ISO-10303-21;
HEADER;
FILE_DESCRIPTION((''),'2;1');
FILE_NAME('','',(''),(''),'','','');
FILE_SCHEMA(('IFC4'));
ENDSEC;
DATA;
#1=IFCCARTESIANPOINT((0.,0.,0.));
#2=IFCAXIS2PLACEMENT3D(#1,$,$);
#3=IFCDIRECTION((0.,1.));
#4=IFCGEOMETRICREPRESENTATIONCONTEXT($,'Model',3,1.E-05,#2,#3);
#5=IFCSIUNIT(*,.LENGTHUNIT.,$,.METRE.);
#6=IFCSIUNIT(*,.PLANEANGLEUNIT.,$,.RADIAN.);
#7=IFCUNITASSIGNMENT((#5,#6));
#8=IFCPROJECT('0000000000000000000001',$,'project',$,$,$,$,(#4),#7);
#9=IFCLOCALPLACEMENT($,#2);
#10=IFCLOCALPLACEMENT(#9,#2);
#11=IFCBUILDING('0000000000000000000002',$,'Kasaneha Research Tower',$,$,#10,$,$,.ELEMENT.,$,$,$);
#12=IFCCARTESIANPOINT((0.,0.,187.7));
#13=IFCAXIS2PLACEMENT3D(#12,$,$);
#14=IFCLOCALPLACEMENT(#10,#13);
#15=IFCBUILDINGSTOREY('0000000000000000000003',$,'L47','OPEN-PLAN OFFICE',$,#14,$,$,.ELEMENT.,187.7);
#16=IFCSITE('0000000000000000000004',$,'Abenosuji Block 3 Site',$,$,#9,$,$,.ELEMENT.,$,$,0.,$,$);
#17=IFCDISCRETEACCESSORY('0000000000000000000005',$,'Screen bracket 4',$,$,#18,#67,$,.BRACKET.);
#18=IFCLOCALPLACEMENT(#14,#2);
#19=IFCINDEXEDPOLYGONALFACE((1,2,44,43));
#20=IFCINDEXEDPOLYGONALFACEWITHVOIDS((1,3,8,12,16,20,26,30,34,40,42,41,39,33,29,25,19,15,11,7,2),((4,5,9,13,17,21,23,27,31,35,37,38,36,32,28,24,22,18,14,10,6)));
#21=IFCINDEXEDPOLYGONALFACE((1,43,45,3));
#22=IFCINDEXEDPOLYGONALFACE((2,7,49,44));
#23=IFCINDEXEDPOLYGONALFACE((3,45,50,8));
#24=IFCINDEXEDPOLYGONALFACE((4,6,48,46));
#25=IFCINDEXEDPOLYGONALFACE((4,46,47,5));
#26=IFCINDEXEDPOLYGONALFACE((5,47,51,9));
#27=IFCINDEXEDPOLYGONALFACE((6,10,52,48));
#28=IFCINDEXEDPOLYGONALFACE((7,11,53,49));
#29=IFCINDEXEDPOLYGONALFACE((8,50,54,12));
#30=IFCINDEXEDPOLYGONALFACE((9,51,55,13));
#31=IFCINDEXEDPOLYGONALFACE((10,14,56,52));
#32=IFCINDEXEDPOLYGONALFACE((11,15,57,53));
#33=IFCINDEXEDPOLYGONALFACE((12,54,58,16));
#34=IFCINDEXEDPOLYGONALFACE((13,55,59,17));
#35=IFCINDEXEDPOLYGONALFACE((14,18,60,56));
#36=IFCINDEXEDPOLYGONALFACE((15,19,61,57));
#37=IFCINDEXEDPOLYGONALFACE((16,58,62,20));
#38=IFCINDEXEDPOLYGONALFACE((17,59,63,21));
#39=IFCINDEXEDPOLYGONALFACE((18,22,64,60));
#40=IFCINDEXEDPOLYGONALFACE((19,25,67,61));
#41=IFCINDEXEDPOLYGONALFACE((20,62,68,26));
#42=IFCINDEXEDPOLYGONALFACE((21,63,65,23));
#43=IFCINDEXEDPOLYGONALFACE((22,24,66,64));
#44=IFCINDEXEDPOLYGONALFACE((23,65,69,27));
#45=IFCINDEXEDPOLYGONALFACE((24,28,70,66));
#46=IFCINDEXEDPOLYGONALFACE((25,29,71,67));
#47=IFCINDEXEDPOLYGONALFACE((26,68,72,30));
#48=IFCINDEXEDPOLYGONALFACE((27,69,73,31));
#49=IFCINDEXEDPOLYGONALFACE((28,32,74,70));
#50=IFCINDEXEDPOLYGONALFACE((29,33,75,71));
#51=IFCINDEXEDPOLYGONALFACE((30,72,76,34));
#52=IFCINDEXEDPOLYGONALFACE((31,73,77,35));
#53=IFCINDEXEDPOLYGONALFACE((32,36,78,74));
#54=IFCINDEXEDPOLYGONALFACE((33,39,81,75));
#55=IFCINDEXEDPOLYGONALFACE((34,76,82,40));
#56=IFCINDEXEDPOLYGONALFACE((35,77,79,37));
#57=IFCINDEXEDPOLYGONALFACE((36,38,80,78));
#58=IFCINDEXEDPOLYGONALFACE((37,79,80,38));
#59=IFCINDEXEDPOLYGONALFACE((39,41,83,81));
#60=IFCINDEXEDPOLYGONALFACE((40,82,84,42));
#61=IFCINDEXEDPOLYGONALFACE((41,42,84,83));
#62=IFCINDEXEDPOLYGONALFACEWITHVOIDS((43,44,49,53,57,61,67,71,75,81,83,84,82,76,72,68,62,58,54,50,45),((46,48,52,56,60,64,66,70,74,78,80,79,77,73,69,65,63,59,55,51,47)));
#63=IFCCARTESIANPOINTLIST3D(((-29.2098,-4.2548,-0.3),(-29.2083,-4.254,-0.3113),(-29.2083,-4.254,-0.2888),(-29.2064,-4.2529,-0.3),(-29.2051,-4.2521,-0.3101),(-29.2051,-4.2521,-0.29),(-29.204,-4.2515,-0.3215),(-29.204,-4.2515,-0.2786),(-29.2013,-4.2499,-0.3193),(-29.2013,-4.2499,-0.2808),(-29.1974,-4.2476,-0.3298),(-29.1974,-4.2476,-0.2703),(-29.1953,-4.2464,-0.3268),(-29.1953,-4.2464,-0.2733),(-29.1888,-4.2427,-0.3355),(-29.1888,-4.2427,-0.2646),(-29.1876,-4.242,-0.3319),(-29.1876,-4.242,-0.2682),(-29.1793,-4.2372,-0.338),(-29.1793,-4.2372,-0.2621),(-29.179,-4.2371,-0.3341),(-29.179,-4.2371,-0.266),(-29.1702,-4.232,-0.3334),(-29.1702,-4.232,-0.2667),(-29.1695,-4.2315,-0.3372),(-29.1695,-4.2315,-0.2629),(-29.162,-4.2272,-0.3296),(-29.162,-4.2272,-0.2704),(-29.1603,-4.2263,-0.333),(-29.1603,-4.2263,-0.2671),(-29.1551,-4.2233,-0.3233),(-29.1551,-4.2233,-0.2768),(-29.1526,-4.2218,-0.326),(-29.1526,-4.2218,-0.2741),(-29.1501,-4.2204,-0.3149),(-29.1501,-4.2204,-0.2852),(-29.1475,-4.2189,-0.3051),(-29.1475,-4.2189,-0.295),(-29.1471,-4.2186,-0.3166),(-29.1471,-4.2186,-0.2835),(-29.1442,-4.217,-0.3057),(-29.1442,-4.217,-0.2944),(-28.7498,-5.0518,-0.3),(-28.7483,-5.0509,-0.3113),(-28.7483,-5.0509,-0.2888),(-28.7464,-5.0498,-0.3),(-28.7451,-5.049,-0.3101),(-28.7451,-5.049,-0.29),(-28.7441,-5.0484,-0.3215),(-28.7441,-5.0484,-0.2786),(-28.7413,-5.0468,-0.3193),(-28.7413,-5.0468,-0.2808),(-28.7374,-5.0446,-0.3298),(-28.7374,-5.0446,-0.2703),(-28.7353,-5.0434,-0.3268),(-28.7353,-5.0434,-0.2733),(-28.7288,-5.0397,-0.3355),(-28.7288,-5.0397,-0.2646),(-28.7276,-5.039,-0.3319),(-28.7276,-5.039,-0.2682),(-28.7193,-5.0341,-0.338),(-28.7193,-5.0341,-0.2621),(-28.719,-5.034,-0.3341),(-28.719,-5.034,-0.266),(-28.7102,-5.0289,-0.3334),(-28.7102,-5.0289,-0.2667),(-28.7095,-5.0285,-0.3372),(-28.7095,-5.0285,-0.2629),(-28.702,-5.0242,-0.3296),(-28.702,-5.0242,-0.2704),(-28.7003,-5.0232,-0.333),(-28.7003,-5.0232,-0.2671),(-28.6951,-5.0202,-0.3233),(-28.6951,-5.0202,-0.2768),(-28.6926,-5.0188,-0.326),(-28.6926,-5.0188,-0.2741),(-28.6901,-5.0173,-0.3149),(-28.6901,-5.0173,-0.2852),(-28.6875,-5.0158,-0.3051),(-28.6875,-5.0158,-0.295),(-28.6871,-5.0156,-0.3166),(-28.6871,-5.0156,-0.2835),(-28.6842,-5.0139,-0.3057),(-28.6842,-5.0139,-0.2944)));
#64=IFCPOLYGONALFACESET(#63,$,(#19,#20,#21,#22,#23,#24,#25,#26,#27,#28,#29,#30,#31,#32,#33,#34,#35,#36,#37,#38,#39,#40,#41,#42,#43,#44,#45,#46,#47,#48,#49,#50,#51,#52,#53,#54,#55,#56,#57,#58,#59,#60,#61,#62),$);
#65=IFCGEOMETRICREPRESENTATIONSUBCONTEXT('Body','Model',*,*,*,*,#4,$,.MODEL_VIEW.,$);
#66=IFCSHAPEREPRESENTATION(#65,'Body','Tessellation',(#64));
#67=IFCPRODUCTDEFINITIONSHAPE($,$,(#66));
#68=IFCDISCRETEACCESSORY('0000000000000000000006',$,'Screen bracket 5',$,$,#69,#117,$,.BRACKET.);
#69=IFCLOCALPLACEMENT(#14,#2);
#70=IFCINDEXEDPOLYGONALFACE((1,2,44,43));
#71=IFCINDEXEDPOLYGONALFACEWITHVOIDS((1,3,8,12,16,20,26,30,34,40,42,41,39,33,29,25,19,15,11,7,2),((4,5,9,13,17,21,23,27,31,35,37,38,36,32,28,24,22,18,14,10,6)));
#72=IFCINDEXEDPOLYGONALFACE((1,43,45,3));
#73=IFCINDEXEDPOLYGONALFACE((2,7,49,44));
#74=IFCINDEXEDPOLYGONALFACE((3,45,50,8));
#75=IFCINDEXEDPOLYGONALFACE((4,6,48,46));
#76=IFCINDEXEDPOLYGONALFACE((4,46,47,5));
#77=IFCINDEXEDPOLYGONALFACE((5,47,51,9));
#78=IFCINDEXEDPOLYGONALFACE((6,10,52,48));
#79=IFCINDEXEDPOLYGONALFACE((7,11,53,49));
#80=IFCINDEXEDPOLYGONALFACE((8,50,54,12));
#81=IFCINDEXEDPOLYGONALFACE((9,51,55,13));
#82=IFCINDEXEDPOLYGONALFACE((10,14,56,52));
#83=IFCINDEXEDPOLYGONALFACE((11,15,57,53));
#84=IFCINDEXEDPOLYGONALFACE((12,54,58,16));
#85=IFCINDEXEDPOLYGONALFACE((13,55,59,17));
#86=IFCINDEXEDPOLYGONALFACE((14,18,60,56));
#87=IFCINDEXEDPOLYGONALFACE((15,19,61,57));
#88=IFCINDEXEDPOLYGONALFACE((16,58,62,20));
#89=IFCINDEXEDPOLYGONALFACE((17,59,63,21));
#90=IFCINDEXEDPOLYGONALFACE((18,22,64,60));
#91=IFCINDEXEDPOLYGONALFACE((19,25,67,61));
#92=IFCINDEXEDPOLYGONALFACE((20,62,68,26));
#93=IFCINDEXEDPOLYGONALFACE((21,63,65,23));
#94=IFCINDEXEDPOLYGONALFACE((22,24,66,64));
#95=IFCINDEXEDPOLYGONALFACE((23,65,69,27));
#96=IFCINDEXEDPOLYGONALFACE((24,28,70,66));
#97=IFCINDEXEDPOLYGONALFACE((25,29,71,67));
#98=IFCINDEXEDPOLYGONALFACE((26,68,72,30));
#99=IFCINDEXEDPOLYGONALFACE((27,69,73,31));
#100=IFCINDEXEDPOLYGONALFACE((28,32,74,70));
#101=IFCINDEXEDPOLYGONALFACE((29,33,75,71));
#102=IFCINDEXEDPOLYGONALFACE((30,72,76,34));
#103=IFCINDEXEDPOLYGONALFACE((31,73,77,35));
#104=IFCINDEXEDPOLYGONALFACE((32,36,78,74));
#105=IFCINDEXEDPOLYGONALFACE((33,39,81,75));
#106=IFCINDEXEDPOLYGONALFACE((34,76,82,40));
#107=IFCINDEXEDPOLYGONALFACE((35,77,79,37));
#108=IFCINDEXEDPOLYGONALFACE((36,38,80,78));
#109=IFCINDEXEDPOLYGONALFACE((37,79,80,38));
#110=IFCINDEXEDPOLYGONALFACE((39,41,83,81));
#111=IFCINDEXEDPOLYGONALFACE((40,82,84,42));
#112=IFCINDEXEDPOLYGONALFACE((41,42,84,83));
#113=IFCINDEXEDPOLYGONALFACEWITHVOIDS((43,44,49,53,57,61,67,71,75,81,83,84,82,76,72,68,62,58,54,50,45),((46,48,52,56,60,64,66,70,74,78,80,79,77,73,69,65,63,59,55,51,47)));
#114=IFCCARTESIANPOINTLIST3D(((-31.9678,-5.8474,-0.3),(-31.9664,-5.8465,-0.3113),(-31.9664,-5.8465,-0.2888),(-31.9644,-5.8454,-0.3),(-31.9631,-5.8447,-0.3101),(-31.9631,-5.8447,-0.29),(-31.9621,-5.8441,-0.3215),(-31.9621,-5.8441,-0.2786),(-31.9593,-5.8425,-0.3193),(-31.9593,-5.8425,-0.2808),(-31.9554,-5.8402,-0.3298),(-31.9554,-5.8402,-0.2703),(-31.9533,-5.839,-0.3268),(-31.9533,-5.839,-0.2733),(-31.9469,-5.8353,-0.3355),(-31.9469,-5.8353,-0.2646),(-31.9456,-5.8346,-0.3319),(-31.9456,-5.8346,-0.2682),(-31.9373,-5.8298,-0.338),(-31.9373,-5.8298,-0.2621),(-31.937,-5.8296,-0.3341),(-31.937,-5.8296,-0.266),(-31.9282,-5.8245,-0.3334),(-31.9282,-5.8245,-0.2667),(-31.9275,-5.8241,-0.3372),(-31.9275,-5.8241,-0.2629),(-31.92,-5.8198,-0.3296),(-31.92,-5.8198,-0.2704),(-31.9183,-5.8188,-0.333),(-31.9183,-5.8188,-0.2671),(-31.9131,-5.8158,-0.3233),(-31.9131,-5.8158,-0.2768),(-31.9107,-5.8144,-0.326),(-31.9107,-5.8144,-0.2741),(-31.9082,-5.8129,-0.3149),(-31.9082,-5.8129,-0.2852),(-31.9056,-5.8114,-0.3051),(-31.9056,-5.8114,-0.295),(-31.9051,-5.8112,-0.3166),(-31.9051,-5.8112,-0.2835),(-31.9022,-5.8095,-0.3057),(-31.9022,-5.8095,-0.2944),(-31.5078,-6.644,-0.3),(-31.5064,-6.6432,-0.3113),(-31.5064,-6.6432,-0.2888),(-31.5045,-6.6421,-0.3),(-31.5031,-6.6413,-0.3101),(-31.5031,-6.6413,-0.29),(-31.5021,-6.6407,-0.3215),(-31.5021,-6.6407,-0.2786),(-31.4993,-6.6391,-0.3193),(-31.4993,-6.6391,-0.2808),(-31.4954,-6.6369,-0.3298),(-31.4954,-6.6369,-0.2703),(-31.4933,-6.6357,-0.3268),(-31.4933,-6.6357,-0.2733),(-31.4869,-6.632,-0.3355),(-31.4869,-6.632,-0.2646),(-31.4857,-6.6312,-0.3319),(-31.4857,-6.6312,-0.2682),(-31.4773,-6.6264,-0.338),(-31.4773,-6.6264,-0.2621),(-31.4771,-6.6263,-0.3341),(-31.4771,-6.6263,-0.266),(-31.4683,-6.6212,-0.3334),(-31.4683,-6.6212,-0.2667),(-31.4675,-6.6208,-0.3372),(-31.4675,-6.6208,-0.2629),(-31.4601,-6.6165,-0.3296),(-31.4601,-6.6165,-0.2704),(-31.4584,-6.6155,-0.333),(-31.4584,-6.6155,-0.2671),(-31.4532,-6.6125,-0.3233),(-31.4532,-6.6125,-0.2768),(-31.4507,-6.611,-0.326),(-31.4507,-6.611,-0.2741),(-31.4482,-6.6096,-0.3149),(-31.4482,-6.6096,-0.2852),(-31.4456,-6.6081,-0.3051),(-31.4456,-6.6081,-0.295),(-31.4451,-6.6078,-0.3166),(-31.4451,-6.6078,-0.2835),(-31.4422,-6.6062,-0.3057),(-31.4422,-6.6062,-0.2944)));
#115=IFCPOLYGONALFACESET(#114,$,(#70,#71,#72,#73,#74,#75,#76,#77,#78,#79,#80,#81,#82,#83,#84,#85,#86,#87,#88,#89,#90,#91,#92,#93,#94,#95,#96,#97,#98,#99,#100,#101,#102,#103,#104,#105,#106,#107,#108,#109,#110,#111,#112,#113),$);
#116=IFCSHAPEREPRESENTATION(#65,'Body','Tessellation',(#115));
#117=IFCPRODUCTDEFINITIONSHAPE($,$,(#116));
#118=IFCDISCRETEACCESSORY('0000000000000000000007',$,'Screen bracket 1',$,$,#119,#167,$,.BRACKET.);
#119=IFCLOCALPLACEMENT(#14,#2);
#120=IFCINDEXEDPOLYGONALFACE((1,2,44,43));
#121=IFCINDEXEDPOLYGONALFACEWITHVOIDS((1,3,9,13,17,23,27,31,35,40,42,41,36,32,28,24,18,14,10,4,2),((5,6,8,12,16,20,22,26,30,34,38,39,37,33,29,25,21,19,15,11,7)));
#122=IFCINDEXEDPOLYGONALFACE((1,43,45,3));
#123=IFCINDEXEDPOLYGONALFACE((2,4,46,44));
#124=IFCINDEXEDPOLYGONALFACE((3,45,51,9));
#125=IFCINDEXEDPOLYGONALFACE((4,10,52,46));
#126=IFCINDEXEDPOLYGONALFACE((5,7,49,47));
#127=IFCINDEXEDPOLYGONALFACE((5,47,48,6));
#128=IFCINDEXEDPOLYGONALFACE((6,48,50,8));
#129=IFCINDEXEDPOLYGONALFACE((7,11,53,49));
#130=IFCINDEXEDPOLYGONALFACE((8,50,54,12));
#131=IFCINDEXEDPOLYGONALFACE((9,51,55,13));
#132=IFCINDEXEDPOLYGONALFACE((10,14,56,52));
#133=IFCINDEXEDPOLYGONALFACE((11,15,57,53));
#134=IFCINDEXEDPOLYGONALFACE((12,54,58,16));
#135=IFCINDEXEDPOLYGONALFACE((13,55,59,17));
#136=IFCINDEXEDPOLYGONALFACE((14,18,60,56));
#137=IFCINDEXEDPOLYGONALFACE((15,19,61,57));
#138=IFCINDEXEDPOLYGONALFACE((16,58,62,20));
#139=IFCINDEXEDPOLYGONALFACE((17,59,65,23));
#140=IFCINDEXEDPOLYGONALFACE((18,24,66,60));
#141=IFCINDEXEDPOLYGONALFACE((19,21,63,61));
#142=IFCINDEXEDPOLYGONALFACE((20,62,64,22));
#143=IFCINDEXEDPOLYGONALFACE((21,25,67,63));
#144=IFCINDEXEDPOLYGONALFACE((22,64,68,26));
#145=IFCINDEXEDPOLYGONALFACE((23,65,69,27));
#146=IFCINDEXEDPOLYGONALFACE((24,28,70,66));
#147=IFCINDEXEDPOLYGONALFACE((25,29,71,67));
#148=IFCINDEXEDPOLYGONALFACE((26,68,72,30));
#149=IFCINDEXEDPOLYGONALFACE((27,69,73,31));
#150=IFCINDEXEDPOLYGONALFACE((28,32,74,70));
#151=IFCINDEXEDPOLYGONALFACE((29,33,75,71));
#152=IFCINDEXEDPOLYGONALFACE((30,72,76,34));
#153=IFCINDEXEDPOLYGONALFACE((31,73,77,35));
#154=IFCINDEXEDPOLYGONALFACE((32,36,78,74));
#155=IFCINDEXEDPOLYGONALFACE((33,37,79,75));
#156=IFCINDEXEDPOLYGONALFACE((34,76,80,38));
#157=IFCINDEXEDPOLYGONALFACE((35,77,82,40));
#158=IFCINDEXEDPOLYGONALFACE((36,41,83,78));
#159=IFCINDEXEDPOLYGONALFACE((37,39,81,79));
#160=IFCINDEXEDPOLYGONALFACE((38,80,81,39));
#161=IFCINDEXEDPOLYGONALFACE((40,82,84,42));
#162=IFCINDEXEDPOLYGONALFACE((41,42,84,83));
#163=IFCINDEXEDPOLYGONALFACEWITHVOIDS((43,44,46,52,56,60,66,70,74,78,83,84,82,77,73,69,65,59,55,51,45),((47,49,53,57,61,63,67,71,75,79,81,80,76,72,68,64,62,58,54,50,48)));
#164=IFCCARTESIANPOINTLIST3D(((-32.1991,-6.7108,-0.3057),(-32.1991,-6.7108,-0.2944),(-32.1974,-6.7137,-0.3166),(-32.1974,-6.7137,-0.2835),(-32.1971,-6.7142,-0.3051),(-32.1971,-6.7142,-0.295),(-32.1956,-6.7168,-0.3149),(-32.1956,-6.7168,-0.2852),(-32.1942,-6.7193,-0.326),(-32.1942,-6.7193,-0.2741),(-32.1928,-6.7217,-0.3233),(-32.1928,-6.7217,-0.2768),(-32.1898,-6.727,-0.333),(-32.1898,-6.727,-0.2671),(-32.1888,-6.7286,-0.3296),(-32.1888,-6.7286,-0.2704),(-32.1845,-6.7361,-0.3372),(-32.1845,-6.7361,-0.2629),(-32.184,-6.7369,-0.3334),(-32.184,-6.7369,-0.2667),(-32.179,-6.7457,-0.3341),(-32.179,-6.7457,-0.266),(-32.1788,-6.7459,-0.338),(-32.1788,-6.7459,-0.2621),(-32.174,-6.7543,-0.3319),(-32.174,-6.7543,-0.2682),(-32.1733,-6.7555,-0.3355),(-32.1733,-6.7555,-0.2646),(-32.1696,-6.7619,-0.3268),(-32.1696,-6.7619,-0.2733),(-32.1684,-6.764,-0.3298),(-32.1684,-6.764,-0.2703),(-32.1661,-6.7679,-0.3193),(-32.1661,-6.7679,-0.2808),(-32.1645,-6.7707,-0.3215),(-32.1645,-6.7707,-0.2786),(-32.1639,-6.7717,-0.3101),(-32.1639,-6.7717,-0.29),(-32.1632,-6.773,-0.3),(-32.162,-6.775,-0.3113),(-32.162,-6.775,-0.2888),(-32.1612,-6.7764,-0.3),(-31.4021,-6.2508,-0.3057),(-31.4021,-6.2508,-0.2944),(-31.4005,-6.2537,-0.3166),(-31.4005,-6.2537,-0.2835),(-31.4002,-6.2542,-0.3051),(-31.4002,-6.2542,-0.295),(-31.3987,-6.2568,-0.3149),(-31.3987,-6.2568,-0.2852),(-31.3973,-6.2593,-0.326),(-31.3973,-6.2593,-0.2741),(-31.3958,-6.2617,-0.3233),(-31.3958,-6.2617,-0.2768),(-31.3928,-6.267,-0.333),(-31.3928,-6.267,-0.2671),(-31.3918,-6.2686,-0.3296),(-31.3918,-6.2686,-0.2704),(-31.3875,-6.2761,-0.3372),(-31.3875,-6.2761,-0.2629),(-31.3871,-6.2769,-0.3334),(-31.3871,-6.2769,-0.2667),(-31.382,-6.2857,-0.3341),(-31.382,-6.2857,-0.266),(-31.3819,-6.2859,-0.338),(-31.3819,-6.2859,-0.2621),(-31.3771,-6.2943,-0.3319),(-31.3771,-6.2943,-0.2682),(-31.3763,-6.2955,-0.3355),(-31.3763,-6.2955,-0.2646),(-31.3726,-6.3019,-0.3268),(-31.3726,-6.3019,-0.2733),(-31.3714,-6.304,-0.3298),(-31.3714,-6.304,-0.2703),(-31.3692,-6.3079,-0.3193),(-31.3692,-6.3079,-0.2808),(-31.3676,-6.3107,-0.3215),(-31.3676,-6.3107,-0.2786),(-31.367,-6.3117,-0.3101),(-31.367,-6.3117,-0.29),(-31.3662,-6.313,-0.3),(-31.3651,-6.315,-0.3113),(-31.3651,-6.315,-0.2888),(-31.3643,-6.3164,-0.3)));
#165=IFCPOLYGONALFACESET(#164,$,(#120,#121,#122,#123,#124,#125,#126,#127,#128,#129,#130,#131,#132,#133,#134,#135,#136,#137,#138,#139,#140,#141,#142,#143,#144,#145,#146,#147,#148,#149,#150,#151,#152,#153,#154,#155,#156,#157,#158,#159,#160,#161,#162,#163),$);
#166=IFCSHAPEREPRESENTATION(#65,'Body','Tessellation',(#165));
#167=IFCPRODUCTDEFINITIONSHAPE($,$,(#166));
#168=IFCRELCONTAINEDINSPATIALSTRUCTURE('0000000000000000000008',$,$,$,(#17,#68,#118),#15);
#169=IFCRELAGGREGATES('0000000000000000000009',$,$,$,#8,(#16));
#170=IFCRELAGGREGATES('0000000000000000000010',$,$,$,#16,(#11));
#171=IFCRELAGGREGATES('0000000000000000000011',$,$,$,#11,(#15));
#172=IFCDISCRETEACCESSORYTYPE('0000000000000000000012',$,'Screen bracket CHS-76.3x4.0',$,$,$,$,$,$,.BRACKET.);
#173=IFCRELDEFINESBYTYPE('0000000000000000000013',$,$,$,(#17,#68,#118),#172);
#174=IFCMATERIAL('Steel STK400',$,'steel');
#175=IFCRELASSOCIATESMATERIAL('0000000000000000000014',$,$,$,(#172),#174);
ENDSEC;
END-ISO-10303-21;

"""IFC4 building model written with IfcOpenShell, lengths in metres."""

from ifc_helpers import new_model, si_unit, direction, frame, origin, origin_2d, place, context, subcontext, project, spatial, hollow_circle, extrude, material, material_profile, profile_set, type_object, element, save


model = new_model("IFC4")

# Units and contexts
model_context = context("Model", 3, precision=1e-05, world=origin(), true_north=direction((0.0, 1.0)))
body_context = subcontext(model_context, "Body", "Model", "MODEL_VIEW")
ifc_project = project(units=[si_unit("LENGTHUNIT", "METRE"), si_unit("PLANEANGLEUNIT", "RADIAN")], contexts=[model_context])

# Site, building, storey
site_placement = place(None, origin())
site = spatial("IfcSite", under=ifc_project, at=site_placement, Name="Abenosuji Block 3 Site", CompositionType="ELEMENT", RefElevation=0.0)
building_placement = place(site_placement, origin())
building = spatial("IfcBuilding", under=site, at=building_placement, Name="Kasaneha Research Tower", CompositionType="ELEMENT")
storey_placement = place(building_placement, frame((0.0, 0.0, 187.7)))
storey = spatial("IfcBuildingStorey", under=building, at=storey_placement, Name="L47", Description="OPEN-PLAN OFFICE", CompositionType="ELEMENT", Elevation=187.7)

# Discrete accessories
ifc_material_1 = material(Name="Steel STK400", Category="steel")
ifc_material_profile_1 = material_profile(ifc_material_1, hollow_circle(Radius=0.0381, WallThickness=0.0039, at=origin_2d()), Name="CHS-76.3x4.0")
ifc_profile_set_1 = profile_set([ifc_material_profile_1], Name="Steel STK400")
discrete_accessory_type = type_object("IfcDiscreteAccessoryType", Name="Screen bracket CHS-76.3x4.0", PredefinedType="BRACKET", material=ifc_profile_set_1)
discrete_accessory_1_placement = place(storey_placement, frame((-28.7168, -5.0327, -0.3), z_axis=(-0.499906, 0.86608, 0.0), x_axis=(-0.86608, -0.499906, 0.0)))
element("IfcDiscreteAccessory", 1, at=discrete_accessory_1_placement, inside=storey, type_object=discrete_accessory_type, Name="Screen bracket 4", PredefinedType="BRACKET", context=body_context, shape_type="SweptSolid", body=[
    extrude(hollow_circle(Radius=0.0381, WallThickness=0.0039, at=origin_2d()), origin(), (0.0, 0.0, 1.0), 0.9202),
])
discrete_accessory_2_placement = place(storey_placement, frame((-31.4749, -6.625, -0.3), z_axis=(-0.500021, 0.866013, 0.0), x_axis=(-0.866013, -0.500021, 0.0)))
element("IfcDiscreteAccessory", 2, at=discrete_accessory_2_placement, inside=storey, type_object=discrete_accessory_type, Name="Screen bracket 5", PredefinedType="BRACKET", context=body_context, shape_type="SweptSolid", body=[
    extrude(hollow_circle(Radius=0.0381, WallThickness=0.0039, at=origin_2d()), origin(), (0.0, 0.0, 1.0), 0.9199),
])
discrete_accessory_3_placement = place(storey_placement, frame((-31.3833, -6.2834, -0.3), z_axis=(-0.86608, -0.499906, 0.0), x_axis=(0.499906, -0.86608, 0.0)))
element("IfcDiscreteAccessory", 3, at=discrete_accessory_3_placement, inside=storey, type_object=discrete_accessory_type, Name="Screen bracket 1", PredefinedType="BRACKET", context=body_context, shape_type="SweptSolid", body=[
    extrude(hollow_circle(Radius=0.0381, WallThickness=0.0039, at=origin_2d()), origin(), (0.0, 0.0, 1.0), 0.9202),
])

save(model, "model.ifc")
